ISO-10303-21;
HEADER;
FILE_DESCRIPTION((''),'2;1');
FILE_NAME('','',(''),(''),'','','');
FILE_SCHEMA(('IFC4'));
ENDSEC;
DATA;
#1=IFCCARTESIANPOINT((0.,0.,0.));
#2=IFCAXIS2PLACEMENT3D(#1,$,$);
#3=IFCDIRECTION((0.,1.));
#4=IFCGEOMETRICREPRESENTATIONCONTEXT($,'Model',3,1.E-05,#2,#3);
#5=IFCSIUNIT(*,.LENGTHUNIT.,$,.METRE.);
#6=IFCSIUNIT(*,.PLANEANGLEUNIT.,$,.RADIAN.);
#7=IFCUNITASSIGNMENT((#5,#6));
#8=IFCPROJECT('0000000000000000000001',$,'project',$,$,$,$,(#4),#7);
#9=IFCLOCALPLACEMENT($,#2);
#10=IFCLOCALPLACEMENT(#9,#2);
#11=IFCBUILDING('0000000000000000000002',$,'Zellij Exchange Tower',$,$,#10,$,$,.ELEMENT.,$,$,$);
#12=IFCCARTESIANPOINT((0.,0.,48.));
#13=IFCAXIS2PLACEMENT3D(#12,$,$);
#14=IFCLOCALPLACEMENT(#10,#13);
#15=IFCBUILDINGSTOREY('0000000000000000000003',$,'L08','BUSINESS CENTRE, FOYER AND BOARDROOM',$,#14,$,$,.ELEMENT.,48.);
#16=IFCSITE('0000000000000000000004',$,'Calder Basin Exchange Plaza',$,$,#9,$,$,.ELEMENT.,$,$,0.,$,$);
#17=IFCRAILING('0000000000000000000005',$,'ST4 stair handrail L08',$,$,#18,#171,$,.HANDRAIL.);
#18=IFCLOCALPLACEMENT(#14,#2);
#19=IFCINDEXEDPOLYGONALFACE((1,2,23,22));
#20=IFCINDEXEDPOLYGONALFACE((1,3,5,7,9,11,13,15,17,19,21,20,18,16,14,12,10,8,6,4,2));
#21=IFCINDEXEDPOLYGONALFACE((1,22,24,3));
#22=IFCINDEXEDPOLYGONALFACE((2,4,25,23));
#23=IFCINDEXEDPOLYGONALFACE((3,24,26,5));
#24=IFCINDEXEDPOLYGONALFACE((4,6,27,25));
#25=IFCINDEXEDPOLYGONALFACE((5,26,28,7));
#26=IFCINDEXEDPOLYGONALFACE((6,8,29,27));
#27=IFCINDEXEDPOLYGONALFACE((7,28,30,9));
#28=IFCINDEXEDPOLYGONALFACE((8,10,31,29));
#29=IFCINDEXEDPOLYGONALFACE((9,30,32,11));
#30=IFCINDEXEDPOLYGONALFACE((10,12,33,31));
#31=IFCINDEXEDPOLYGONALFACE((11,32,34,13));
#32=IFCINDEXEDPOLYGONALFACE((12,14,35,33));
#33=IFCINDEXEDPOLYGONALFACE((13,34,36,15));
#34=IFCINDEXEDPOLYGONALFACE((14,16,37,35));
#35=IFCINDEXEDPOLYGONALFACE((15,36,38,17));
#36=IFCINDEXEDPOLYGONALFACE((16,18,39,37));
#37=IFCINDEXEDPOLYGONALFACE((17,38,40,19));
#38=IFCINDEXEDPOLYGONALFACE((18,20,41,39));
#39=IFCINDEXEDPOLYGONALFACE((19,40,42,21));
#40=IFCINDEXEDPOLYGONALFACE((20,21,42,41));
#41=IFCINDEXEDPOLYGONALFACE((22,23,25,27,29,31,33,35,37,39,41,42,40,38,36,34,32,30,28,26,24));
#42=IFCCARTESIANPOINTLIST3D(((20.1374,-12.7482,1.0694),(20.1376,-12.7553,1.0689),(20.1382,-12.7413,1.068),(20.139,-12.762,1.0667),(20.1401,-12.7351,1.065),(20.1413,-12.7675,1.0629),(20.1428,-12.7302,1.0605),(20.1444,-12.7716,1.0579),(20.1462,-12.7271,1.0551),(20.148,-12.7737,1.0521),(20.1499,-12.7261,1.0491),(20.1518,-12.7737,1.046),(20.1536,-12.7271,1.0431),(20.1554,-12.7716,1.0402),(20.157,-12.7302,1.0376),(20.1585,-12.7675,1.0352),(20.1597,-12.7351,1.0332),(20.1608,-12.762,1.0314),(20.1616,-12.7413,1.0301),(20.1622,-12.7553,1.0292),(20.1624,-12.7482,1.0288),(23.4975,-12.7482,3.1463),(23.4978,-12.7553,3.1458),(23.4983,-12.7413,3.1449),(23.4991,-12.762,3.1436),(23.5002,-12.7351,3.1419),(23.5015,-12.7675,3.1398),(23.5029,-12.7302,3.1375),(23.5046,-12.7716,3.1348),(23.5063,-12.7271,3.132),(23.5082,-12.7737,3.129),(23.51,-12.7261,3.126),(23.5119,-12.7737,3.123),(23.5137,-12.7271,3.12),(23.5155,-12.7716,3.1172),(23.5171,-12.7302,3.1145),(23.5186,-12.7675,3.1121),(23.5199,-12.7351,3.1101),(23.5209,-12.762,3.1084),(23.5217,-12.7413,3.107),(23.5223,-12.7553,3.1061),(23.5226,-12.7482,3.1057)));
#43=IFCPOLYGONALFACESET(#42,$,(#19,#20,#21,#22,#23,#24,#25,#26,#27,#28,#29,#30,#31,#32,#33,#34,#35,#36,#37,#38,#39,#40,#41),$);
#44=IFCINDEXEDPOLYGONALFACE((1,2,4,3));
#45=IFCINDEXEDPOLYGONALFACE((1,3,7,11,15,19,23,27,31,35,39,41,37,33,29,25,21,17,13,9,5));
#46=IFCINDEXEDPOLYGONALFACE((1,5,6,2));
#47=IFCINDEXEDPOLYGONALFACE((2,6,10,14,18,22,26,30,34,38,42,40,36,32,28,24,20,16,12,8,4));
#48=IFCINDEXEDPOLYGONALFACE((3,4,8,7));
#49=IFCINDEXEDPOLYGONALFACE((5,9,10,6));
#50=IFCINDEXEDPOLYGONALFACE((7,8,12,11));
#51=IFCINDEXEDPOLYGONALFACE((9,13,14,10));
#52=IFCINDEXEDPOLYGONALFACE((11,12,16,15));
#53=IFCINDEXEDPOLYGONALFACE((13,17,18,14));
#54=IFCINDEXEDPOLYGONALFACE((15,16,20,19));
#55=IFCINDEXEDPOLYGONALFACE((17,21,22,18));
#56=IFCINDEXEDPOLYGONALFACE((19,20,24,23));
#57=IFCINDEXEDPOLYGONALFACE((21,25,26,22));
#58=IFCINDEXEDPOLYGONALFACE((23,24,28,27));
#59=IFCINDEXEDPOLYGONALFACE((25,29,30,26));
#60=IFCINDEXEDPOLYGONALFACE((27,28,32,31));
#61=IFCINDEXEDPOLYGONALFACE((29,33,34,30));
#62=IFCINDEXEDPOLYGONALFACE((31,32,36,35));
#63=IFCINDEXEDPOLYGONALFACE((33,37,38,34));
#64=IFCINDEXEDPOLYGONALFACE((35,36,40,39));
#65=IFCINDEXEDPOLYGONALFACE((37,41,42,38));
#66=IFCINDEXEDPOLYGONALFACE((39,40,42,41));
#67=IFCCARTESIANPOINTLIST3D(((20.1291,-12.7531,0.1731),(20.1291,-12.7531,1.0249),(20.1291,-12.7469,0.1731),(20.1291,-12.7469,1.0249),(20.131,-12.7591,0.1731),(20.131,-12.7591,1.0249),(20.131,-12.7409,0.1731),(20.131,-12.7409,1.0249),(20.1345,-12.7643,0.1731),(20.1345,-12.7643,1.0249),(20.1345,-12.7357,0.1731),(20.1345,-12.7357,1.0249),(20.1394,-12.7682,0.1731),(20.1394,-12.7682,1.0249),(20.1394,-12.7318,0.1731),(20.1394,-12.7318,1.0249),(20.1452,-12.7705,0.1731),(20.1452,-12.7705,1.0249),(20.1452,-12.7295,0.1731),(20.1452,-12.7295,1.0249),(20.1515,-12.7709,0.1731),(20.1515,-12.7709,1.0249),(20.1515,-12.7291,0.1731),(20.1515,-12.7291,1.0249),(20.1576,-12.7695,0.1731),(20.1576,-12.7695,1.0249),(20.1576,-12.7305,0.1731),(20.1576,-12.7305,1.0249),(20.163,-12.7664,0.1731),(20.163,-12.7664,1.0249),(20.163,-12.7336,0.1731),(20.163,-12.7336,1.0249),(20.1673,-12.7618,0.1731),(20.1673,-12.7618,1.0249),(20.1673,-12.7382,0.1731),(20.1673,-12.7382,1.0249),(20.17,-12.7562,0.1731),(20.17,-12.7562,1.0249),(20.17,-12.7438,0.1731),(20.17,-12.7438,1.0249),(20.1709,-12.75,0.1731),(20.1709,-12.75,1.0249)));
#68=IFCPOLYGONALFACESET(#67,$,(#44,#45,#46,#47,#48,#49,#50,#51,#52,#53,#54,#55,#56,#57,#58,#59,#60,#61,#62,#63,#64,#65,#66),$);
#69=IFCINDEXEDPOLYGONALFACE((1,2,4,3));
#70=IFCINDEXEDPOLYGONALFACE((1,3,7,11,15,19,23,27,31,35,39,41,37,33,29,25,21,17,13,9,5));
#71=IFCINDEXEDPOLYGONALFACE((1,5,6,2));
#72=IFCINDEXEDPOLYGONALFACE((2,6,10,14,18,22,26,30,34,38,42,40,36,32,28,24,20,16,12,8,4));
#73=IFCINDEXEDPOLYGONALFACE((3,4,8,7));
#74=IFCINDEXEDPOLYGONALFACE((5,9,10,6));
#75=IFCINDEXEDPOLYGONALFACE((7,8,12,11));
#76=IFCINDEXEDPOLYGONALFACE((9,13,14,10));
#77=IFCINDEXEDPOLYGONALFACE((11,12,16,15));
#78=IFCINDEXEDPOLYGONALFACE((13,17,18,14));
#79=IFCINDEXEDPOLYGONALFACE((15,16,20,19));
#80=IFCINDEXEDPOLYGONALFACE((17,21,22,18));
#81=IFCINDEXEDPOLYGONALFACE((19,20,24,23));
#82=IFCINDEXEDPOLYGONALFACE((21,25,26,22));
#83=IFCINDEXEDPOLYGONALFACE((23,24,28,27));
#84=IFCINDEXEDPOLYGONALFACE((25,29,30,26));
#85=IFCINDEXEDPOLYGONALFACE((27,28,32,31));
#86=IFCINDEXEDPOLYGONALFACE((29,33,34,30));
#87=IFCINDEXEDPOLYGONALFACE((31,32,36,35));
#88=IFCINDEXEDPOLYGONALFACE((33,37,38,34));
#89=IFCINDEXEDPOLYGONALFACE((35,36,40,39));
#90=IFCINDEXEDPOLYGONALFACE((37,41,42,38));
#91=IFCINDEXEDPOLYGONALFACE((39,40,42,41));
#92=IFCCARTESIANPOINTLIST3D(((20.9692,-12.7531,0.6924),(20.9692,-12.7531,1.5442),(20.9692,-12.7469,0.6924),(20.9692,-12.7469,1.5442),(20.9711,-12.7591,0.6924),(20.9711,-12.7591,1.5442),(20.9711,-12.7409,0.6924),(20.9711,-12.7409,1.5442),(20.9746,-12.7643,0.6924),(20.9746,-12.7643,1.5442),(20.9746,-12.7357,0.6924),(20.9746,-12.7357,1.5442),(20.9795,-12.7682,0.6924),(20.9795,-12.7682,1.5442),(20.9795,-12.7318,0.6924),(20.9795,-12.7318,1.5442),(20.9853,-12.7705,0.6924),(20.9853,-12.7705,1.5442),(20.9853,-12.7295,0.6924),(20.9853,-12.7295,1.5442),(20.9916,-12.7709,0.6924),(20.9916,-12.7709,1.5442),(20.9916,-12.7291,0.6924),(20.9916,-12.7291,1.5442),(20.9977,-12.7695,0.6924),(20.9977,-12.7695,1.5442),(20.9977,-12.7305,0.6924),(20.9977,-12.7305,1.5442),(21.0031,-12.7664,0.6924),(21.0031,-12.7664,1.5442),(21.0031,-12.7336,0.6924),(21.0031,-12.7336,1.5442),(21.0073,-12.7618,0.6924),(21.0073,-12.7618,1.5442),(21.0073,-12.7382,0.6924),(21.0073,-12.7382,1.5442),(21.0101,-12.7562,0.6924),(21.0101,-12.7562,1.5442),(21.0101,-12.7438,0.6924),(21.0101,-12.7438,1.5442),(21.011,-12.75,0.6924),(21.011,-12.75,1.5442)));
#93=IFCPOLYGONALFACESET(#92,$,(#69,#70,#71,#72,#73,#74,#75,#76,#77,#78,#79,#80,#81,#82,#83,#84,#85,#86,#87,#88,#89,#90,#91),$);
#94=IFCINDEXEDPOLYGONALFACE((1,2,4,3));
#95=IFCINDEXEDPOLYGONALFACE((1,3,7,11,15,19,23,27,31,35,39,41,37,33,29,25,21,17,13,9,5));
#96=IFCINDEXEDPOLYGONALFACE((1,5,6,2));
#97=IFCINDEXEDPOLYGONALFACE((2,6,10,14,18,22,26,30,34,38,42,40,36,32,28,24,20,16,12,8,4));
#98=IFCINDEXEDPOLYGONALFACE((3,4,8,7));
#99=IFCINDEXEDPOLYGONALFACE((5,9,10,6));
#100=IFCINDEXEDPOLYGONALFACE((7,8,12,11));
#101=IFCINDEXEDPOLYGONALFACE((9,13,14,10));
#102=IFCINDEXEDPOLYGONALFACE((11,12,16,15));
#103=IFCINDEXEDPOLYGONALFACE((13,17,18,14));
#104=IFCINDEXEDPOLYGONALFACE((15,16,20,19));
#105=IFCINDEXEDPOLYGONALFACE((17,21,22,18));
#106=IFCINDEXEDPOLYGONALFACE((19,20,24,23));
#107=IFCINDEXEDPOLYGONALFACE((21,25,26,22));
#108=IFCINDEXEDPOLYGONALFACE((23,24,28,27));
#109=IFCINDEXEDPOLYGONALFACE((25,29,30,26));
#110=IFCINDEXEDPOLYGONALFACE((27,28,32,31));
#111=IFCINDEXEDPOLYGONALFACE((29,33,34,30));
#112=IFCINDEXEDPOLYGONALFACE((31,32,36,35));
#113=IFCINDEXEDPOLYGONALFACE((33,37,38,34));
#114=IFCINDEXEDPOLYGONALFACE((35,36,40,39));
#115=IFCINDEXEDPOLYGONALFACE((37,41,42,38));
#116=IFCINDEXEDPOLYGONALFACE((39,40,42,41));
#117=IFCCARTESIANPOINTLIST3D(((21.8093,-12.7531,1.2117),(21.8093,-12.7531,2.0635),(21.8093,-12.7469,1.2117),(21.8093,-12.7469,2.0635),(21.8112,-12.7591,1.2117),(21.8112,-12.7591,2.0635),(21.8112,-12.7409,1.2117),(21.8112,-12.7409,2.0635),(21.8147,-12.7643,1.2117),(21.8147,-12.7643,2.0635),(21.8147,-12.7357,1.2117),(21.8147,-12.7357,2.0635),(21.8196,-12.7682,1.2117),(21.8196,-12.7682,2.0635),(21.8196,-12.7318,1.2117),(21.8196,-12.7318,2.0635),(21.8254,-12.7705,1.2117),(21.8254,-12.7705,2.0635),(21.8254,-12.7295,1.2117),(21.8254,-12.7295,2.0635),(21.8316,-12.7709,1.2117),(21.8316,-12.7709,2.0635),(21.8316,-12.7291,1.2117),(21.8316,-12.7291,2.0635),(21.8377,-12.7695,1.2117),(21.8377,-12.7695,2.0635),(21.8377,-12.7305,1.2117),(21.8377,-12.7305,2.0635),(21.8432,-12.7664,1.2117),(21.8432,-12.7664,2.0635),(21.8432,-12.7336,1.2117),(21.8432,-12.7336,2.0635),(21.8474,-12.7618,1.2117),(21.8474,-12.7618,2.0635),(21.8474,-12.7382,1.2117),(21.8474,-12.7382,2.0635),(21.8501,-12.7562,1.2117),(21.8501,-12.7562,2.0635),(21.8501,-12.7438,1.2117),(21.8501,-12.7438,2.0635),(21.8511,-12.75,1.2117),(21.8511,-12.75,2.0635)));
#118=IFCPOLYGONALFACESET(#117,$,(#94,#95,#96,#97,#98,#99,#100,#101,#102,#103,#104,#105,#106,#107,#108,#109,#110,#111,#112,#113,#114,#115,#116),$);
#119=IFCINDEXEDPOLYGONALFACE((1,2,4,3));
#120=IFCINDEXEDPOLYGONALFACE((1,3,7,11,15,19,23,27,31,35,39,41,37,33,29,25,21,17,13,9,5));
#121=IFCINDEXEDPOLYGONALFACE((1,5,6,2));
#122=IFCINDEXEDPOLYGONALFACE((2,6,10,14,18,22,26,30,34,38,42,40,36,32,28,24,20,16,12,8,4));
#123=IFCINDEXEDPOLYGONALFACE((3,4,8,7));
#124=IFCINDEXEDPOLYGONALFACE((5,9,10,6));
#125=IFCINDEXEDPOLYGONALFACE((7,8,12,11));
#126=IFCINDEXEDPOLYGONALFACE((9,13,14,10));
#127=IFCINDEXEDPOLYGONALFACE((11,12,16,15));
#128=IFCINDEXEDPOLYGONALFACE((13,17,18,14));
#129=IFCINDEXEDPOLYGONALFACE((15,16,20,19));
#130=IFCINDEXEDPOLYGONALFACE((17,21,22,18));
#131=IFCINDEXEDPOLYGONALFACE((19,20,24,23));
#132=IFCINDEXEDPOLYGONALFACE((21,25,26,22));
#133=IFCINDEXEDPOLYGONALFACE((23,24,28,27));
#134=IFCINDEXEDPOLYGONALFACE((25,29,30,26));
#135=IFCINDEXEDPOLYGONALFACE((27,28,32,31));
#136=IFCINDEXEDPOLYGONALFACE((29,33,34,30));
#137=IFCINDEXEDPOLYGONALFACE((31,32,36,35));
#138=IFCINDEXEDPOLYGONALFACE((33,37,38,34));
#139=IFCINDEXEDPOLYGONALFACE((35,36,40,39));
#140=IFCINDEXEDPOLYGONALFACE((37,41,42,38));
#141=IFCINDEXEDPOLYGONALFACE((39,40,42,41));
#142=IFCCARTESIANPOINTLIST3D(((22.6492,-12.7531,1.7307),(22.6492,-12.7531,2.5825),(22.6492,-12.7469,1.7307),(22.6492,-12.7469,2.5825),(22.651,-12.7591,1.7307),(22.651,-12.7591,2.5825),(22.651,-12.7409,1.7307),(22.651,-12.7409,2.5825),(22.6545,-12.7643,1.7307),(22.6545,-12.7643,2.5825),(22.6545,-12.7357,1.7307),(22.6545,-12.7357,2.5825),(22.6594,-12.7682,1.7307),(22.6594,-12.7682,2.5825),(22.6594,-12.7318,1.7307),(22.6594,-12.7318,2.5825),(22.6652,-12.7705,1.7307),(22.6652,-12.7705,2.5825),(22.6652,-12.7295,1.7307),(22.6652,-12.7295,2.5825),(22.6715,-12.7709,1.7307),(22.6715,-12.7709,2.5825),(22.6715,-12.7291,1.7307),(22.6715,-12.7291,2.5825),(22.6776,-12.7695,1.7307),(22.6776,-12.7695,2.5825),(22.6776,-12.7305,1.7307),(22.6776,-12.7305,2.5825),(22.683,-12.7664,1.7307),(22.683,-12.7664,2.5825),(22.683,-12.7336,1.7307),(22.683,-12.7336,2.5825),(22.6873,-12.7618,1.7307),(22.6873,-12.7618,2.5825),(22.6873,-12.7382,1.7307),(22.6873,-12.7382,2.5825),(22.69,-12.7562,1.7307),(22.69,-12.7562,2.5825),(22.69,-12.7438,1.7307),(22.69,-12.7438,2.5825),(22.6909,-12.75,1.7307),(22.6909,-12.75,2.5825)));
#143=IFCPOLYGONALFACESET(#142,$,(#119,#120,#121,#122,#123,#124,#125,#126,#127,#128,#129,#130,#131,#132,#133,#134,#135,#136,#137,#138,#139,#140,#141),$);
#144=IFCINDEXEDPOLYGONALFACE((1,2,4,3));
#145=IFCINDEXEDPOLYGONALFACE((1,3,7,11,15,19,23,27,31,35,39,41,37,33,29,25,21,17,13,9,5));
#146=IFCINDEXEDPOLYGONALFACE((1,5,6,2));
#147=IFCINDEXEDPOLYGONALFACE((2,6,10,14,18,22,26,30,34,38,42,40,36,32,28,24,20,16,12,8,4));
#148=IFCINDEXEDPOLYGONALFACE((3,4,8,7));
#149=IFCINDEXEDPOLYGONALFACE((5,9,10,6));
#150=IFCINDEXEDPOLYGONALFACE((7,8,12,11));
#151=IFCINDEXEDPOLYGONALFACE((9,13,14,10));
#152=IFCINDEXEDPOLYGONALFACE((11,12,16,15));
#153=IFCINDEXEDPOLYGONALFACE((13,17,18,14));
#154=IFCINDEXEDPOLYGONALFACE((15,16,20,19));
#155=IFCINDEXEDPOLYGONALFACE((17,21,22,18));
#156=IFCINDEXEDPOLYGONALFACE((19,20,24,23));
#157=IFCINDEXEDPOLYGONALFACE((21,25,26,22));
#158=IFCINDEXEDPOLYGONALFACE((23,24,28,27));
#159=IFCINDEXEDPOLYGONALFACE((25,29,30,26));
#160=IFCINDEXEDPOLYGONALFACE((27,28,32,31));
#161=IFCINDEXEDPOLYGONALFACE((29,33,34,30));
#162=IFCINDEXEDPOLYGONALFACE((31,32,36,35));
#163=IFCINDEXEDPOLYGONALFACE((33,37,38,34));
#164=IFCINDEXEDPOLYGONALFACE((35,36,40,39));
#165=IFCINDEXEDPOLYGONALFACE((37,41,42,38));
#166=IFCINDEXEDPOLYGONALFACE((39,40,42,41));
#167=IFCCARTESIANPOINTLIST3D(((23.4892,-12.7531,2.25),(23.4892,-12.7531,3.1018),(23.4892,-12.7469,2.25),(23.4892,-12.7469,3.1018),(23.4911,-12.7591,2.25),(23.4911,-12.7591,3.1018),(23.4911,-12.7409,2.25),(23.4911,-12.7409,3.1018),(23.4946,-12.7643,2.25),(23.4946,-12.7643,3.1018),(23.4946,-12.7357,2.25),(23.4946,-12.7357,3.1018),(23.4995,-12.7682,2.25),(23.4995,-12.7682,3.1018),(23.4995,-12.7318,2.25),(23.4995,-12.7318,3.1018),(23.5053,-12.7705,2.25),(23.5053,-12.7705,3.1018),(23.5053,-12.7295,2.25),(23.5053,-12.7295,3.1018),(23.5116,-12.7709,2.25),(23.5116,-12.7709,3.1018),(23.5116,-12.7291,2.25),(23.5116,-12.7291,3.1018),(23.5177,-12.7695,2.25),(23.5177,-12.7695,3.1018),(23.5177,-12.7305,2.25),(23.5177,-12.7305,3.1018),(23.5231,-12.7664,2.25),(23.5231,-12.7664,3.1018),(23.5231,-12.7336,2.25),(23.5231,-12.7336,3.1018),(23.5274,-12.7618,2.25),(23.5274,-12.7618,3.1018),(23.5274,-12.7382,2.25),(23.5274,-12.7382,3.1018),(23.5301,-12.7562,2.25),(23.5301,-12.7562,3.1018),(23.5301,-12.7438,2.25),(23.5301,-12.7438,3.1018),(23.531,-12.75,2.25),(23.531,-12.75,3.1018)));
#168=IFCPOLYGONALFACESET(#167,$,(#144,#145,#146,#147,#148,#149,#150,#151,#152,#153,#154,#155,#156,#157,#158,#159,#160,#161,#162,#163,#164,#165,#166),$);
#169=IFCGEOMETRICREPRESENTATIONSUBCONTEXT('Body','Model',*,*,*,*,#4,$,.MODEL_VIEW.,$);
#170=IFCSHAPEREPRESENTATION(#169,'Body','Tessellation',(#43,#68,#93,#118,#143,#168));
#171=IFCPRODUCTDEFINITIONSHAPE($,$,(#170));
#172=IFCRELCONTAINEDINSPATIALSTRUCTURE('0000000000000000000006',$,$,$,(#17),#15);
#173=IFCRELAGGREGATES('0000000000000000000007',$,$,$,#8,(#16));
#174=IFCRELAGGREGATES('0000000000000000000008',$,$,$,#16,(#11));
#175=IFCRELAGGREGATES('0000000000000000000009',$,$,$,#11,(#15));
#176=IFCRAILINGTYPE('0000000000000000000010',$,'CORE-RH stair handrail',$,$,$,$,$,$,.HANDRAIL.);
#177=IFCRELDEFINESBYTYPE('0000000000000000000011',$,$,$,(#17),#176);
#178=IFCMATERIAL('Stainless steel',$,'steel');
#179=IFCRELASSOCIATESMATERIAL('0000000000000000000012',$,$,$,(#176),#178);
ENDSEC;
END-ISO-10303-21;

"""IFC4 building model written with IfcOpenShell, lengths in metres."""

from ifc_helpers import new_model, si_unit, direction, frame, origin, origin_2d, place, context, subcontext, project, spatial, circle, extrude, material, type_object, element, save


model = new_model("IFC4")

# Units and contexts
model_context = context("Model", 3, precision=1e-05, world=origin(), true_north=direction((0.0, 1.0)))
body_context = subcontext(model_context, "Body", "Model", "MODEL_VIEW")
ifc_project = project(units=[si_unit("LENGTHUNIT", "METRE"), si_unit("PLANEANGLEUNIT", "RADIAN")], contexts=[model_context])

# Site, building, storey
site_placement = place(None, origin())
site = spatial("IfcSite", under=ifc_project, at=site_placement, Name="Calder Basin Exchange Plaza", CompositionType="ELEMENT", RefElevation=0.0)
building_placement = place(site_placement, origin())
building = spatial("IfcBuilding", under=site, at=building_placement, Name="Zellij Exchange Tower", CompositionType="ELEMENT")
storey_placement = place(building_placement, frame((0.0, 0.0, 48.0)))
storey = spatial("IfcBuildingStorey", under=building, at=storey_placement, Name="L08", Description="BUSINESS CENTRE, FOYER AND BOARDROOM", CompositionType="ELEMENT", Elevation=48.0)

# Railing
ifc_material_1 = material(Name="Stainless steel", Category="steel")
railing_type_1 = type_object("IfcRailingType", Name="CORE-RH stair handrail", PredefinedType="HANDRAIL", material=ifc_material_1)
railing_1_placement = place(storey_placement, frame((20.1499, -12.75, 0.1731)))
element("IfcRailing", 1, at=railing_1_placement, inside=storey, type_object=railing_type_1, Name="ST4 stair handrail L08", PredefinedType="HANDRAIL", context=body_context, shape_type="SweptSolid", body=[
    extrude(circle(Radius=0.0239, at=origin_2d()), frame((0.0, 0.0, 0.876), z_axis=(0.850623, 0.0, 0.525776), x_axis=(0.0, 1.0, 0.0)), (0.0, 0.0, 1.0), 3.9502),
    extrude(circle(Radius=0.021, at=origin_2d()), origin(), (0.0, 0.0, 1.0), 0.8518),
    extrude(circle(Radius=0.021, at=origin_2d()), frame((0.8401, 0.0, 0.5193)), (0.0, 0.0, 1.0), 0.8518),
    extrude(circle(Radius=0.021, at=origin_2d()), frame((1.6802, 0.0, 1.0386)), (0.0, 0.0, 1.0), 0.8518),
    extrude(circle(Radius=0.021, at=origin_2d()), frame((2.52, 0.0, 1.5576)), (0.0, 0.0, 1.0), 0.8518),
    extrude(circle(Radius=0.021, at=origin_2d()), frame((3.3601, 0.0, 2.0769)), (0.0, 0.0, 1.0), 0.8518),
])

save(model, "model.ifc")
